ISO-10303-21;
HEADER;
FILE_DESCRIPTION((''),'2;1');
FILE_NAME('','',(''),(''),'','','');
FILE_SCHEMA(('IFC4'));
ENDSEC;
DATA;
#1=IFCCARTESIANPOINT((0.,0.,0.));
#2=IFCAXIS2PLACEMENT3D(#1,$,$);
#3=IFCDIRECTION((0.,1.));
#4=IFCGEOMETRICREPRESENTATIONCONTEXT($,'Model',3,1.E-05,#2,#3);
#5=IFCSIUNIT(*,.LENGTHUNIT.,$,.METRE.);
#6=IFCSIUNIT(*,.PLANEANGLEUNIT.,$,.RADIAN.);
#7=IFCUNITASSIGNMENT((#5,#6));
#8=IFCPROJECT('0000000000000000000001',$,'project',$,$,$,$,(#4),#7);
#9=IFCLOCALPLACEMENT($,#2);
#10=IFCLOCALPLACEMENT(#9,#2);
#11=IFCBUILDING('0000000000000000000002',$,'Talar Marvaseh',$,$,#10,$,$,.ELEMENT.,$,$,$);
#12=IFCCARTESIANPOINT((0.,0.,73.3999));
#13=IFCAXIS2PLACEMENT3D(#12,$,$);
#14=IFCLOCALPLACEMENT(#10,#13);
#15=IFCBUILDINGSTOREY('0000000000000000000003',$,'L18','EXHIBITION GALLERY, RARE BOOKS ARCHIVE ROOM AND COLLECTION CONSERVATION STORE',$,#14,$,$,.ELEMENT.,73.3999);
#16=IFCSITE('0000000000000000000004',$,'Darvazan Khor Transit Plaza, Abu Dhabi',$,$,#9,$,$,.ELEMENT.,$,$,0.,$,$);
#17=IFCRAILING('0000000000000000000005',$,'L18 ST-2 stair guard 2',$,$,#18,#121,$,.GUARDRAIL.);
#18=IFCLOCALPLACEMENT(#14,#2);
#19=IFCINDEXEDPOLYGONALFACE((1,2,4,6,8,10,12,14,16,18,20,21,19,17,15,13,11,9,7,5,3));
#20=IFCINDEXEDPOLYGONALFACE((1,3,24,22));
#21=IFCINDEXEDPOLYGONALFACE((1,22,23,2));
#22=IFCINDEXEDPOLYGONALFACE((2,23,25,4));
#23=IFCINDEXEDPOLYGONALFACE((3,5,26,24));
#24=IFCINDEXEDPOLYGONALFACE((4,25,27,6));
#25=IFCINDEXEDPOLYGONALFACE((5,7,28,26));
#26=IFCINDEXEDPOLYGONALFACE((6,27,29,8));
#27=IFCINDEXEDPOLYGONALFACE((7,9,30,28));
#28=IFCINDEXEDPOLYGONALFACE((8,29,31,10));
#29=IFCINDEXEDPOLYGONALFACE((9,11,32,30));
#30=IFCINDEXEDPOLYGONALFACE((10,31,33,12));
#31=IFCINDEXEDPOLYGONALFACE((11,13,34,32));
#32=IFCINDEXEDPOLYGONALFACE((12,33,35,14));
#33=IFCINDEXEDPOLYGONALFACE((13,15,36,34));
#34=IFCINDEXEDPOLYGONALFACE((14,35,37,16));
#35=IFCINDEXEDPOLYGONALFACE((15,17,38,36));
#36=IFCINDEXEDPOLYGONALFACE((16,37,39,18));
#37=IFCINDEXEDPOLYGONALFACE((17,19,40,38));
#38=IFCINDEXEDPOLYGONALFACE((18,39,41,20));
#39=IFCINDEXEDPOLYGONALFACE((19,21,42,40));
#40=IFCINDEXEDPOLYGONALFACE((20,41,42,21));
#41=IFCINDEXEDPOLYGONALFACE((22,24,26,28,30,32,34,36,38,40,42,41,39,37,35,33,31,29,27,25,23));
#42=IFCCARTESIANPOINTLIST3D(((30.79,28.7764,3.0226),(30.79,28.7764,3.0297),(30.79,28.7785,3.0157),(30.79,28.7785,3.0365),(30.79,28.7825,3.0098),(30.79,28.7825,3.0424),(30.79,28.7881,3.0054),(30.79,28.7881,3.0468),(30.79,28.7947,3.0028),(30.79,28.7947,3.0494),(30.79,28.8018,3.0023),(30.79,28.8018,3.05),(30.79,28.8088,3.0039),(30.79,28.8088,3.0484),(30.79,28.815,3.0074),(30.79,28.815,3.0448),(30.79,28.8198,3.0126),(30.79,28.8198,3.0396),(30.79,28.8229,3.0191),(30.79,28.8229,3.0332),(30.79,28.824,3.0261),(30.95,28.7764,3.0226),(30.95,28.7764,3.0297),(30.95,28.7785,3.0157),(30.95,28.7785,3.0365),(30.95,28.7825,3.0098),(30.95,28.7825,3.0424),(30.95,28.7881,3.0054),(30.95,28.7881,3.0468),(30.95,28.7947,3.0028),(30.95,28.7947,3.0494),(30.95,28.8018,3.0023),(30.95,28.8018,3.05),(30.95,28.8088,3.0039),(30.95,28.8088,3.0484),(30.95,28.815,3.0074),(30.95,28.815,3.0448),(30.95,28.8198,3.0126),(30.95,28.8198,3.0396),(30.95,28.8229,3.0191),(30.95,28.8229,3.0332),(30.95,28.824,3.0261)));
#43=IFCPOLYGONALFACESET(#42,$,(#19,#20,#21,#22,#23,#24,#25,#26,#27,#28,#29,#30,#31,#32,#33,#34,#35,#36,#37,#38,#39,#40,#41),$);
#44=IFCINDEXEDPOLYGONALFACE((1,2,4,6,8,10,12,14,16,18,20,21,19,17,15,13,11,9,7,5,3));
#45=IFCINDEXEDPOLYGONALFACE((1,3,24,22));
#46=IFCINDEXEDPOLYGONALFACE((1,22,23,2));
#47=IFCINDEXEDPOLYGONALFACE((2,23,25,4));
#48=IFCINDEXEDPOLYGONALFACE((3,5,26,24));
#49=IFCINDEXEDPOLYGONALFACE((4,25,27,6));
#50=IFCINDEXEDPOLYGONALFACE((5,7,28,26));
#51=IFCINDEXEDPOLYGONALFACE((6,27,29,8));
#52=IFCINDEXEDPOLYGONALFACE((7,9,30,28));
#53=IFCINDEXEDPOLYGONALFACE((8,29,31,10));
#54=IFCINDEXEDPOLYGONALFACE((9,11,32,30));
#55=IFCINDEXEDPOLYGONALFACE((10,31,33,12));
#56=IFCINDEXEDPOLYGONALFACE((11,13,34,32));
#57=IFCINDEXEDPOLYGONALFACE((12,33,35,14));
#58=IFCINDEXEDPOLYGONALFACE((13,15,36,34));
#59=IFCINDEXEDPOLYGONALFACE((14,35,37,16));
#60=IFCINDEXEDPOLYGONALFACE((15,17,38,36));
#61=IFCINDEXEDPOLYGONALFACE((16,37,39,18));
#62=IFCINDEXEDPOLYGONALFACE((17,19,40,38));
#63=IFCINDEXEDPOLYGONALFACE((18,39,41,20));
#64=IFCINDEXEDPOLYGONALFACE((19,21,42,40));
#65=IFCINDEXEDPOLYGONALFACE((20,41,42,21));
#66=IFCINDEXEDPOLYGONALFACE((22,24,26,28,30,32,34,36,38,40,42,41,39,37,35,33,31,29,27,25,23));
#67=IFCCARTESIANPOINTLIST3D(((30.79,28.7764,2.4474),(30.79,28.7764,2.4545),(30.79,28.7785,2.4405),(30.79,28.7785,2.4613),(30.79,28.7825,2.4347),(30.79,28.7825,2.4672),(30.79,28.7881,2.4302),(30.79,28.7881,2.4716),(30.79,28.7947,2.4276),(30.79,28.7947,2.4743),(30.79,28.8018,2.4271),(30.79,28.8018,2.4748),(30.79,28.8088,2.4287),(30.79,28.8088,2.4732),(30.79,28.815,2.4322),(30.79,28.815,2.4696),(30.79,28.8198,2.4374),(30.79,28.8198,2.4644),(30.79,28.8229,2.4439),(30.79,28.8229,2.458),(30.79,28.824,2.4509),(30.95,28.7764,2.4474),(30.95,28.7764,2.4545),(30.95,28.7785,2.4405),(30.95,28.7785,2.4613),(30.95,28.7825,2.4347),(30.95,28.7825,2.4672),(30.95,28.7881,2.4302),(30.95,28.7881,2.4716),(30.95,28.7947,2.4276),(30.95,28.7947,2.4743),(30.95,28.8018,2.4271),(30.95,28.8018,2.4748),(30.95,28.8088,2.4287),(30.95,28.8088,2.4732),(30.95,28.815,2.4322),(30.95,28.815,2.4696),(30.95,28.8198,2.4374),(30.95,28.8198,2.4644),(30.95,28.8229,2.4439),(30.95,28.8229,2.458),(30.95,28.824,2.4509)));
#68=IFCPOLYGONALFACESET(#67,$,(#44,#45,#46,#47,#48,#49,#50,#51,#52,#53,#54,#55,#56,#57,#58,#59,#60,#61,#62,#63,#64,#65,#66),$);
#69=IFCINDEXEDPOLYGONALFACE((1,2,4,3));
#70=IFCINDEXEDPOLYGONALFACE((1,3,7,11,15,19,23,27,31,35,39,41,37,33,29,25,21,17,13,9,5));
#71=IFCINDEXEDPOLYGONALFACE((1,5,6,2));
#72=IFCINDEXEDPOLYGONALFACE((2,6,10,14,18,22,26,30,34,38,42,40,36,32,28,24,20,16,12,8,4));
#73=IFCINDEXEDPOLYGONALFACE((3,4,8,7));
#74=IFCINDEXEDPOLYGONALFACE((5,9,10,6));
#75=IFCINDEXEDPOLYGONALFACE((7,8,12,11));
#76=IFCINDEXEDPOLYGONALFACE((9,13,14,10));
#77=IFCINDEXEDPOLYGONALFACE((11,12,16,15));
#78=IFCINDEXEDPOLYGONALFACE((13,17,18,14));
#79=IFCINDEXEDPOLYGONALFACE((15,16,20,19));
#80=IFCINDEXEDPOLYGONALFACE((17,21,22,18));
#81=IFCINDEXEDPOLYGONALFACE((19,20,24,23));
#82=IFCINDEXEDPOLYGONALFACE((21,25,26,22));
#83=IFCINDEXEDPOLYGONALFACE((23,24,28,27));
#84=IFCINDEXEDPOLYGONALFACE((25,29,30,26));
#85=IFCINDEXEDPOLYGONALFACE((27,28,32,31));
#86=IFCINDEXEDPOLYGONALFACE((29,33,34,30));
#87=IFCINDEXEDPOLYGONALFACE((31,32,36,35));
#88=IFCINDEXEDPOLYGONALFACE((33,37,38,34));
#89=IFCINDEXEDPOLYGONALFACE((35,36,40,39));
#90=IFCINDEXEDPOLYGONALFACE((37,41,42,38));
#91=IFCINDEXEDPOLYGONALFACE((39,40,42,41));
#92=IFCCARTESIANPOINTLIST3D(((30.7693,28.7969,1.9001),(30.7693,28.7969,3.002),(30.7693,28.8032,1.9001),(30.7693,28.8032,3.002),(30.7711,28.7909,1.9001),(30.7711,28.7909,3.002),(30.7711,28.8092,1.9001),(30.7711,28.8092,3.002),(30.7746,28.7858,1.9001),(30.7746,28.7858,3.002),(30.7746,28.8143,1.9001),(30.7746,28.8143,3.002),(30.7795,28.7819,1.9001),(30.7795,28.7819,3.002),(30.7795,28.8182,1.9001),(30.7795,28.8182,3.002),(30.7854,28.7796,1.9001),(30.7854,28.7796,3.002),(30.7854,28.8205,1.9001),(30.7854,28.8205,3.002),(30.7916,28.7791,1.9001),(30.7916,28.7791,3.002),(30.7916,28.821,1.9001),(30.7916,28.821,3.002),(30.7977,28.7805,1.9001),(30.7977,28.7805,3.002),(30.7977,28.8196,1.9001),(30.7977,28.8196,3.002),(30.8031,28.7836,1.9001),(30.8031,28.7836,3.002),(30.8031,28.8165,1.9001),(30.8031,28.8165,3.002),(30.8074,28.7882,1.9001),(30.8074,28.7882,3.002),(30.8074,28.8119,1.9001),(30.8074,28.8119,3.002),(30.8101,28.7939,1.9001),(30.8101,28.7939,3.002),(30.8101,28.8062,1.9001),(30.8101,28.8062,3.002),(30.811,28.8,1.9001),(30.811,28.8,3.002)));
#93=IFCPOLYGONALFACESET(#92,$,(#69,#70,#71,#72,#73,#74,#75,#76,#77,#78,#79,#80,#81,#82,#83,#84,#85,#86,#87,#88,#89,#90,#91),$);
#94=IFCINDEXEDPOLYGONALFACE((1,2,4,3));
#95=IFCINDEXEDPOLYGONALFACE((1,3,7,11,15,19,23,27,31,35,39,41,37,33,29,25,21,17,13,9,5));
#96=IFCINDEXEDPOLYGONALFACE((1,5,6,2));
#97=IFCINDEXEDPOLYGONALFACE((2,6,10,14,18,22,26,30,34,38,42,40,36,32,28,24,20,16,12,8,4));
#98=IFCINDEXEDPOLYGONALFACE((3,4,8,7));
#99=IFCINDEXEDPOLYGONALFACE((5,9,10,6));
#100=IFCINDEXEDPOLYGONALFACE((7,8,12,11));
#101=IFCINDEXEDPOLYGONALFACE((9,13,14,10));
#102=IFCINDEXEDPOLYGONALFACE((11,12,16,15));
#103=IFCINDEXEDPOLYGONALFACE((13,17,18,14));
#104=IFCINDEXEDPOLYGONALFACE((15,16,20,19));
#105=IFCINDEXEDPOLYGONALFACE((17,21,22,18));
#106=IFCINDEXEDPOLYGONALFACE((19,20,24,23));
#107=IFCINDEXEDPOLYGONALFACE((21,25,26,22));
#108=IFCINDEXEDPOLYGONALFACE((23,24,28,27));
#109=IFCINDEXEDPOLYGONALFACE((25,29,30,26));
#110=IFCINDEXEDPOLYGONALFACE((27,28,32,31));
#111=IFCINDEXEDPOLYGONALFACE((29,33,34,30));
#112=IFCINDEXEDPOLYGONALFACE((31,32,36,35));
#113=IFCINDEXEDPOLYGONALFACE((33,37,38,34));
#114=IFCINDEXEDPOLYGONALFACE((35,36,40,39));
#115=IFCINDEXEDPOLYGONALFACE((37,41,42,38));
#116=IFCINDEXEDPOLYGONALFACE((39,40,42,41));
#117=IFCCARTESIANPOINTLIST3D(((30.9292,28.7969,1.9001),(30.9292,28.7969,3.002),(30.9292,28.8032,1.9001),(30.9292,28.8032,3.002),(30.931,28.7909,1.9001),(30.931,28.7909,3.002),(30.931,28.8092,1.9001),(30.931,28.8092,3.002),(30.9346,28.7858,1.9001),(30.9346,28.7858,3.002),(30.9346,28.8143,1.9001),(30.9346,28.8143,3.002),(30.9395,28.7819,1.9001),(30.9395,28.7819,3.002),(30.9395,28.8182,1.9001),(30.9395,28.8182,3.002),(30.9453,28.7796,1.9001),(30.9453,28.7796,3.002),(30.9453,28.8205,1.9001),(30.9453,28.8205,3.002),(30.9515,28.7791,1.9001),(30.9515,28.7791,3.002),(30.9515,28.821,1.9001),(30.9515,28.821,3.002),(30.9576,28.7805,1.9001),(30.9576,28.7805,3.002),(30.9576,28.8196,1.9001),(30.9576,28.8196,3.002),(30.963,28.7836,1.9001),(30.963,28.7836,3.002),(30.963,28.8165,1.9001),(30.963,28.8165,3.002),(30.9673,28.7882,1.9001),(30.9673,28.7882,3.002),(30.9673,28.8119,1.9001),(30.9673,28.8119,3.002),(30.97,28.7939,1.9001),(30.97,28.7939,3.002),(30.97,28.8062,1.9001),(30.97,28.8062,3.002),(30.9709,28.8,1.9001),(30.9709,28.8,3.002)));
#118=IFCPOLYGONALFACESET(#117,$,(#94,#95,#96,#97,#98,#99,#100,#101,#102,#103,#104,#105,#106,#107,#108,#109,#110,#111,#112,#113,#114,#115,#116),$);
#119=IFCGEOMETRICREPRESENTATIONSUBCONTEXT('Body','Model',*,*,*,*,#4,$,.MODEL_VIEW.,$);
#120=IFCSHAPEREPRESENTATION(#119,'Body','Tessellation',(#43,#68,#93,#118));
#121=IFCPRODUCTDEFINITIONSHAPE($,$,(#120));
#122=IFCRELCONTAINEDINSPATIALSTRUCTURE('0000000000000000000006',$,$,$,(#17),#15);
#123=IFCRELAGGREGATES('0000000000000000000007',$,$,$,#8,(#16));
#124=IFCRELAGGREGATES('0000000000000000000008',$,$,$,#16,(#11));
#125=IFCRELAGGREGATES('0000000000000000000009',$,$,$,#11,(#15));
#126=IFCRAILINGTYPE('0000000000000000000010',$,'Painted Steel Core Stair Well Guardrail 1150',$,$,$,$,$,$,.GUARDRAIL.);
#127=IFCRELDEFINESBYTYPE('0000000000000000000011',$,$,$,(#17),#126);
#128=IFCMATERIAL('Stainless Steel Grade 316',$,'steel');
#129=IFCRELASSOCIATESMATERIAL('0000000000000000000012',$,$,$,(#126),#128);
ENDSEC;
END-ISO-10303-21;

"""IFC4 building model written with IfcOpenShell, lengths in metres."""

from ifc_helpers import new_model, si_unit, direction, frame, origin, origin_2d, place, context, subcontext, project, spatial, circle, extrude, material, type_object, element, save


model = new_model("IFC4")

# Units and contexts
model_context = context("Model", 3, precision=1e-05, world=origin(), true_north=direction((0.0, 1.0)))
body_context = subcontext(model_context, "Body", "Model", "MODEL_VIEW")
ifc_project = project(units=[si_unit("LENGTHUNIT", "METRE"), si_unit("PLANEANGLEUNIT", "RADIAN")], contexts=[model_context])

# Site, building, storey
site_placement = place(None, origin())
site = spatial("IfcSite", under=ifc_project, at=site_placement, Name="Darvazan Khor Transit Plaza, Abu Dhabi", CompositionType="ELEMENT", RefElevation=0.0)
building_placement = place(site_placement, origin())
building = spatial("IfcBuilding", under=site, at=building_placement, Name="Talar Marvaseh", CompositionType="ELEMENT")
storey_placement = place(building_placement, frame((0.0, 0.0, 73.3999)))
storey = spatial("IfcBuildingStorey", under=building, at=storey_placement, Name="L18", Description="EXHIBITION GALLERY, RARE BOOKS ARCHIVE ROOM AND COLLECTION CONSERVATION STORE", CompositionType="ELEMENT", Elevation=73.3999)

# Railing
ifc_material_1 = material(Name="Stainless Steel Grade 316", Category="steel")
railing_type_1 = type_object("IfcRailingType", Name="Painted Steel Core Stair Well Guardrail 1150", PredefinedType="GUARDRAIL", material=ifc_material_1)
railing_1_placement = place(storey_placement, frame((30.79, 28.8, 1.9001)))
element("IfcRailing", 1, at=railing_1_placement, inside=storey, type_object=railing_type_1, Name="L18 ST-2 stair guard 2", PredefinedType="GUARDRAIL", context=body_context, shape_type="SweptSolid", body=[
    extrude(circle(Radius=0.0239, at=origin_2d()), frame((0.0, 0.0, 1.126), z_axis=(1.0, 0.0, 0.0), x_axis=(0.0, 1.0, 0.0)), (0.0, 0.0, 1.0), 0.1599),
    extrude(circle(Radius=0.0239, at=origin_2d()), frame((0.0, 0.0, 0.5508), z_axis=(1.0, 0.0, 0.0), x_axis=(0.0, 1.0, 0.0)), (0.0, 0.0, 1.0), 0.1599),
    extrude(circle(Radius=0.021, at=origin_2d()), origin(), (0.0, 0.0, 1.0), 1.1018),
    extrude(circle(Radius=0.021, at=origin_2d()), frame((0.1599, 0.0, 0.0)), (0.0, 0.0, 1.0), 1.1018),
])

save(model, "model.ifc")
